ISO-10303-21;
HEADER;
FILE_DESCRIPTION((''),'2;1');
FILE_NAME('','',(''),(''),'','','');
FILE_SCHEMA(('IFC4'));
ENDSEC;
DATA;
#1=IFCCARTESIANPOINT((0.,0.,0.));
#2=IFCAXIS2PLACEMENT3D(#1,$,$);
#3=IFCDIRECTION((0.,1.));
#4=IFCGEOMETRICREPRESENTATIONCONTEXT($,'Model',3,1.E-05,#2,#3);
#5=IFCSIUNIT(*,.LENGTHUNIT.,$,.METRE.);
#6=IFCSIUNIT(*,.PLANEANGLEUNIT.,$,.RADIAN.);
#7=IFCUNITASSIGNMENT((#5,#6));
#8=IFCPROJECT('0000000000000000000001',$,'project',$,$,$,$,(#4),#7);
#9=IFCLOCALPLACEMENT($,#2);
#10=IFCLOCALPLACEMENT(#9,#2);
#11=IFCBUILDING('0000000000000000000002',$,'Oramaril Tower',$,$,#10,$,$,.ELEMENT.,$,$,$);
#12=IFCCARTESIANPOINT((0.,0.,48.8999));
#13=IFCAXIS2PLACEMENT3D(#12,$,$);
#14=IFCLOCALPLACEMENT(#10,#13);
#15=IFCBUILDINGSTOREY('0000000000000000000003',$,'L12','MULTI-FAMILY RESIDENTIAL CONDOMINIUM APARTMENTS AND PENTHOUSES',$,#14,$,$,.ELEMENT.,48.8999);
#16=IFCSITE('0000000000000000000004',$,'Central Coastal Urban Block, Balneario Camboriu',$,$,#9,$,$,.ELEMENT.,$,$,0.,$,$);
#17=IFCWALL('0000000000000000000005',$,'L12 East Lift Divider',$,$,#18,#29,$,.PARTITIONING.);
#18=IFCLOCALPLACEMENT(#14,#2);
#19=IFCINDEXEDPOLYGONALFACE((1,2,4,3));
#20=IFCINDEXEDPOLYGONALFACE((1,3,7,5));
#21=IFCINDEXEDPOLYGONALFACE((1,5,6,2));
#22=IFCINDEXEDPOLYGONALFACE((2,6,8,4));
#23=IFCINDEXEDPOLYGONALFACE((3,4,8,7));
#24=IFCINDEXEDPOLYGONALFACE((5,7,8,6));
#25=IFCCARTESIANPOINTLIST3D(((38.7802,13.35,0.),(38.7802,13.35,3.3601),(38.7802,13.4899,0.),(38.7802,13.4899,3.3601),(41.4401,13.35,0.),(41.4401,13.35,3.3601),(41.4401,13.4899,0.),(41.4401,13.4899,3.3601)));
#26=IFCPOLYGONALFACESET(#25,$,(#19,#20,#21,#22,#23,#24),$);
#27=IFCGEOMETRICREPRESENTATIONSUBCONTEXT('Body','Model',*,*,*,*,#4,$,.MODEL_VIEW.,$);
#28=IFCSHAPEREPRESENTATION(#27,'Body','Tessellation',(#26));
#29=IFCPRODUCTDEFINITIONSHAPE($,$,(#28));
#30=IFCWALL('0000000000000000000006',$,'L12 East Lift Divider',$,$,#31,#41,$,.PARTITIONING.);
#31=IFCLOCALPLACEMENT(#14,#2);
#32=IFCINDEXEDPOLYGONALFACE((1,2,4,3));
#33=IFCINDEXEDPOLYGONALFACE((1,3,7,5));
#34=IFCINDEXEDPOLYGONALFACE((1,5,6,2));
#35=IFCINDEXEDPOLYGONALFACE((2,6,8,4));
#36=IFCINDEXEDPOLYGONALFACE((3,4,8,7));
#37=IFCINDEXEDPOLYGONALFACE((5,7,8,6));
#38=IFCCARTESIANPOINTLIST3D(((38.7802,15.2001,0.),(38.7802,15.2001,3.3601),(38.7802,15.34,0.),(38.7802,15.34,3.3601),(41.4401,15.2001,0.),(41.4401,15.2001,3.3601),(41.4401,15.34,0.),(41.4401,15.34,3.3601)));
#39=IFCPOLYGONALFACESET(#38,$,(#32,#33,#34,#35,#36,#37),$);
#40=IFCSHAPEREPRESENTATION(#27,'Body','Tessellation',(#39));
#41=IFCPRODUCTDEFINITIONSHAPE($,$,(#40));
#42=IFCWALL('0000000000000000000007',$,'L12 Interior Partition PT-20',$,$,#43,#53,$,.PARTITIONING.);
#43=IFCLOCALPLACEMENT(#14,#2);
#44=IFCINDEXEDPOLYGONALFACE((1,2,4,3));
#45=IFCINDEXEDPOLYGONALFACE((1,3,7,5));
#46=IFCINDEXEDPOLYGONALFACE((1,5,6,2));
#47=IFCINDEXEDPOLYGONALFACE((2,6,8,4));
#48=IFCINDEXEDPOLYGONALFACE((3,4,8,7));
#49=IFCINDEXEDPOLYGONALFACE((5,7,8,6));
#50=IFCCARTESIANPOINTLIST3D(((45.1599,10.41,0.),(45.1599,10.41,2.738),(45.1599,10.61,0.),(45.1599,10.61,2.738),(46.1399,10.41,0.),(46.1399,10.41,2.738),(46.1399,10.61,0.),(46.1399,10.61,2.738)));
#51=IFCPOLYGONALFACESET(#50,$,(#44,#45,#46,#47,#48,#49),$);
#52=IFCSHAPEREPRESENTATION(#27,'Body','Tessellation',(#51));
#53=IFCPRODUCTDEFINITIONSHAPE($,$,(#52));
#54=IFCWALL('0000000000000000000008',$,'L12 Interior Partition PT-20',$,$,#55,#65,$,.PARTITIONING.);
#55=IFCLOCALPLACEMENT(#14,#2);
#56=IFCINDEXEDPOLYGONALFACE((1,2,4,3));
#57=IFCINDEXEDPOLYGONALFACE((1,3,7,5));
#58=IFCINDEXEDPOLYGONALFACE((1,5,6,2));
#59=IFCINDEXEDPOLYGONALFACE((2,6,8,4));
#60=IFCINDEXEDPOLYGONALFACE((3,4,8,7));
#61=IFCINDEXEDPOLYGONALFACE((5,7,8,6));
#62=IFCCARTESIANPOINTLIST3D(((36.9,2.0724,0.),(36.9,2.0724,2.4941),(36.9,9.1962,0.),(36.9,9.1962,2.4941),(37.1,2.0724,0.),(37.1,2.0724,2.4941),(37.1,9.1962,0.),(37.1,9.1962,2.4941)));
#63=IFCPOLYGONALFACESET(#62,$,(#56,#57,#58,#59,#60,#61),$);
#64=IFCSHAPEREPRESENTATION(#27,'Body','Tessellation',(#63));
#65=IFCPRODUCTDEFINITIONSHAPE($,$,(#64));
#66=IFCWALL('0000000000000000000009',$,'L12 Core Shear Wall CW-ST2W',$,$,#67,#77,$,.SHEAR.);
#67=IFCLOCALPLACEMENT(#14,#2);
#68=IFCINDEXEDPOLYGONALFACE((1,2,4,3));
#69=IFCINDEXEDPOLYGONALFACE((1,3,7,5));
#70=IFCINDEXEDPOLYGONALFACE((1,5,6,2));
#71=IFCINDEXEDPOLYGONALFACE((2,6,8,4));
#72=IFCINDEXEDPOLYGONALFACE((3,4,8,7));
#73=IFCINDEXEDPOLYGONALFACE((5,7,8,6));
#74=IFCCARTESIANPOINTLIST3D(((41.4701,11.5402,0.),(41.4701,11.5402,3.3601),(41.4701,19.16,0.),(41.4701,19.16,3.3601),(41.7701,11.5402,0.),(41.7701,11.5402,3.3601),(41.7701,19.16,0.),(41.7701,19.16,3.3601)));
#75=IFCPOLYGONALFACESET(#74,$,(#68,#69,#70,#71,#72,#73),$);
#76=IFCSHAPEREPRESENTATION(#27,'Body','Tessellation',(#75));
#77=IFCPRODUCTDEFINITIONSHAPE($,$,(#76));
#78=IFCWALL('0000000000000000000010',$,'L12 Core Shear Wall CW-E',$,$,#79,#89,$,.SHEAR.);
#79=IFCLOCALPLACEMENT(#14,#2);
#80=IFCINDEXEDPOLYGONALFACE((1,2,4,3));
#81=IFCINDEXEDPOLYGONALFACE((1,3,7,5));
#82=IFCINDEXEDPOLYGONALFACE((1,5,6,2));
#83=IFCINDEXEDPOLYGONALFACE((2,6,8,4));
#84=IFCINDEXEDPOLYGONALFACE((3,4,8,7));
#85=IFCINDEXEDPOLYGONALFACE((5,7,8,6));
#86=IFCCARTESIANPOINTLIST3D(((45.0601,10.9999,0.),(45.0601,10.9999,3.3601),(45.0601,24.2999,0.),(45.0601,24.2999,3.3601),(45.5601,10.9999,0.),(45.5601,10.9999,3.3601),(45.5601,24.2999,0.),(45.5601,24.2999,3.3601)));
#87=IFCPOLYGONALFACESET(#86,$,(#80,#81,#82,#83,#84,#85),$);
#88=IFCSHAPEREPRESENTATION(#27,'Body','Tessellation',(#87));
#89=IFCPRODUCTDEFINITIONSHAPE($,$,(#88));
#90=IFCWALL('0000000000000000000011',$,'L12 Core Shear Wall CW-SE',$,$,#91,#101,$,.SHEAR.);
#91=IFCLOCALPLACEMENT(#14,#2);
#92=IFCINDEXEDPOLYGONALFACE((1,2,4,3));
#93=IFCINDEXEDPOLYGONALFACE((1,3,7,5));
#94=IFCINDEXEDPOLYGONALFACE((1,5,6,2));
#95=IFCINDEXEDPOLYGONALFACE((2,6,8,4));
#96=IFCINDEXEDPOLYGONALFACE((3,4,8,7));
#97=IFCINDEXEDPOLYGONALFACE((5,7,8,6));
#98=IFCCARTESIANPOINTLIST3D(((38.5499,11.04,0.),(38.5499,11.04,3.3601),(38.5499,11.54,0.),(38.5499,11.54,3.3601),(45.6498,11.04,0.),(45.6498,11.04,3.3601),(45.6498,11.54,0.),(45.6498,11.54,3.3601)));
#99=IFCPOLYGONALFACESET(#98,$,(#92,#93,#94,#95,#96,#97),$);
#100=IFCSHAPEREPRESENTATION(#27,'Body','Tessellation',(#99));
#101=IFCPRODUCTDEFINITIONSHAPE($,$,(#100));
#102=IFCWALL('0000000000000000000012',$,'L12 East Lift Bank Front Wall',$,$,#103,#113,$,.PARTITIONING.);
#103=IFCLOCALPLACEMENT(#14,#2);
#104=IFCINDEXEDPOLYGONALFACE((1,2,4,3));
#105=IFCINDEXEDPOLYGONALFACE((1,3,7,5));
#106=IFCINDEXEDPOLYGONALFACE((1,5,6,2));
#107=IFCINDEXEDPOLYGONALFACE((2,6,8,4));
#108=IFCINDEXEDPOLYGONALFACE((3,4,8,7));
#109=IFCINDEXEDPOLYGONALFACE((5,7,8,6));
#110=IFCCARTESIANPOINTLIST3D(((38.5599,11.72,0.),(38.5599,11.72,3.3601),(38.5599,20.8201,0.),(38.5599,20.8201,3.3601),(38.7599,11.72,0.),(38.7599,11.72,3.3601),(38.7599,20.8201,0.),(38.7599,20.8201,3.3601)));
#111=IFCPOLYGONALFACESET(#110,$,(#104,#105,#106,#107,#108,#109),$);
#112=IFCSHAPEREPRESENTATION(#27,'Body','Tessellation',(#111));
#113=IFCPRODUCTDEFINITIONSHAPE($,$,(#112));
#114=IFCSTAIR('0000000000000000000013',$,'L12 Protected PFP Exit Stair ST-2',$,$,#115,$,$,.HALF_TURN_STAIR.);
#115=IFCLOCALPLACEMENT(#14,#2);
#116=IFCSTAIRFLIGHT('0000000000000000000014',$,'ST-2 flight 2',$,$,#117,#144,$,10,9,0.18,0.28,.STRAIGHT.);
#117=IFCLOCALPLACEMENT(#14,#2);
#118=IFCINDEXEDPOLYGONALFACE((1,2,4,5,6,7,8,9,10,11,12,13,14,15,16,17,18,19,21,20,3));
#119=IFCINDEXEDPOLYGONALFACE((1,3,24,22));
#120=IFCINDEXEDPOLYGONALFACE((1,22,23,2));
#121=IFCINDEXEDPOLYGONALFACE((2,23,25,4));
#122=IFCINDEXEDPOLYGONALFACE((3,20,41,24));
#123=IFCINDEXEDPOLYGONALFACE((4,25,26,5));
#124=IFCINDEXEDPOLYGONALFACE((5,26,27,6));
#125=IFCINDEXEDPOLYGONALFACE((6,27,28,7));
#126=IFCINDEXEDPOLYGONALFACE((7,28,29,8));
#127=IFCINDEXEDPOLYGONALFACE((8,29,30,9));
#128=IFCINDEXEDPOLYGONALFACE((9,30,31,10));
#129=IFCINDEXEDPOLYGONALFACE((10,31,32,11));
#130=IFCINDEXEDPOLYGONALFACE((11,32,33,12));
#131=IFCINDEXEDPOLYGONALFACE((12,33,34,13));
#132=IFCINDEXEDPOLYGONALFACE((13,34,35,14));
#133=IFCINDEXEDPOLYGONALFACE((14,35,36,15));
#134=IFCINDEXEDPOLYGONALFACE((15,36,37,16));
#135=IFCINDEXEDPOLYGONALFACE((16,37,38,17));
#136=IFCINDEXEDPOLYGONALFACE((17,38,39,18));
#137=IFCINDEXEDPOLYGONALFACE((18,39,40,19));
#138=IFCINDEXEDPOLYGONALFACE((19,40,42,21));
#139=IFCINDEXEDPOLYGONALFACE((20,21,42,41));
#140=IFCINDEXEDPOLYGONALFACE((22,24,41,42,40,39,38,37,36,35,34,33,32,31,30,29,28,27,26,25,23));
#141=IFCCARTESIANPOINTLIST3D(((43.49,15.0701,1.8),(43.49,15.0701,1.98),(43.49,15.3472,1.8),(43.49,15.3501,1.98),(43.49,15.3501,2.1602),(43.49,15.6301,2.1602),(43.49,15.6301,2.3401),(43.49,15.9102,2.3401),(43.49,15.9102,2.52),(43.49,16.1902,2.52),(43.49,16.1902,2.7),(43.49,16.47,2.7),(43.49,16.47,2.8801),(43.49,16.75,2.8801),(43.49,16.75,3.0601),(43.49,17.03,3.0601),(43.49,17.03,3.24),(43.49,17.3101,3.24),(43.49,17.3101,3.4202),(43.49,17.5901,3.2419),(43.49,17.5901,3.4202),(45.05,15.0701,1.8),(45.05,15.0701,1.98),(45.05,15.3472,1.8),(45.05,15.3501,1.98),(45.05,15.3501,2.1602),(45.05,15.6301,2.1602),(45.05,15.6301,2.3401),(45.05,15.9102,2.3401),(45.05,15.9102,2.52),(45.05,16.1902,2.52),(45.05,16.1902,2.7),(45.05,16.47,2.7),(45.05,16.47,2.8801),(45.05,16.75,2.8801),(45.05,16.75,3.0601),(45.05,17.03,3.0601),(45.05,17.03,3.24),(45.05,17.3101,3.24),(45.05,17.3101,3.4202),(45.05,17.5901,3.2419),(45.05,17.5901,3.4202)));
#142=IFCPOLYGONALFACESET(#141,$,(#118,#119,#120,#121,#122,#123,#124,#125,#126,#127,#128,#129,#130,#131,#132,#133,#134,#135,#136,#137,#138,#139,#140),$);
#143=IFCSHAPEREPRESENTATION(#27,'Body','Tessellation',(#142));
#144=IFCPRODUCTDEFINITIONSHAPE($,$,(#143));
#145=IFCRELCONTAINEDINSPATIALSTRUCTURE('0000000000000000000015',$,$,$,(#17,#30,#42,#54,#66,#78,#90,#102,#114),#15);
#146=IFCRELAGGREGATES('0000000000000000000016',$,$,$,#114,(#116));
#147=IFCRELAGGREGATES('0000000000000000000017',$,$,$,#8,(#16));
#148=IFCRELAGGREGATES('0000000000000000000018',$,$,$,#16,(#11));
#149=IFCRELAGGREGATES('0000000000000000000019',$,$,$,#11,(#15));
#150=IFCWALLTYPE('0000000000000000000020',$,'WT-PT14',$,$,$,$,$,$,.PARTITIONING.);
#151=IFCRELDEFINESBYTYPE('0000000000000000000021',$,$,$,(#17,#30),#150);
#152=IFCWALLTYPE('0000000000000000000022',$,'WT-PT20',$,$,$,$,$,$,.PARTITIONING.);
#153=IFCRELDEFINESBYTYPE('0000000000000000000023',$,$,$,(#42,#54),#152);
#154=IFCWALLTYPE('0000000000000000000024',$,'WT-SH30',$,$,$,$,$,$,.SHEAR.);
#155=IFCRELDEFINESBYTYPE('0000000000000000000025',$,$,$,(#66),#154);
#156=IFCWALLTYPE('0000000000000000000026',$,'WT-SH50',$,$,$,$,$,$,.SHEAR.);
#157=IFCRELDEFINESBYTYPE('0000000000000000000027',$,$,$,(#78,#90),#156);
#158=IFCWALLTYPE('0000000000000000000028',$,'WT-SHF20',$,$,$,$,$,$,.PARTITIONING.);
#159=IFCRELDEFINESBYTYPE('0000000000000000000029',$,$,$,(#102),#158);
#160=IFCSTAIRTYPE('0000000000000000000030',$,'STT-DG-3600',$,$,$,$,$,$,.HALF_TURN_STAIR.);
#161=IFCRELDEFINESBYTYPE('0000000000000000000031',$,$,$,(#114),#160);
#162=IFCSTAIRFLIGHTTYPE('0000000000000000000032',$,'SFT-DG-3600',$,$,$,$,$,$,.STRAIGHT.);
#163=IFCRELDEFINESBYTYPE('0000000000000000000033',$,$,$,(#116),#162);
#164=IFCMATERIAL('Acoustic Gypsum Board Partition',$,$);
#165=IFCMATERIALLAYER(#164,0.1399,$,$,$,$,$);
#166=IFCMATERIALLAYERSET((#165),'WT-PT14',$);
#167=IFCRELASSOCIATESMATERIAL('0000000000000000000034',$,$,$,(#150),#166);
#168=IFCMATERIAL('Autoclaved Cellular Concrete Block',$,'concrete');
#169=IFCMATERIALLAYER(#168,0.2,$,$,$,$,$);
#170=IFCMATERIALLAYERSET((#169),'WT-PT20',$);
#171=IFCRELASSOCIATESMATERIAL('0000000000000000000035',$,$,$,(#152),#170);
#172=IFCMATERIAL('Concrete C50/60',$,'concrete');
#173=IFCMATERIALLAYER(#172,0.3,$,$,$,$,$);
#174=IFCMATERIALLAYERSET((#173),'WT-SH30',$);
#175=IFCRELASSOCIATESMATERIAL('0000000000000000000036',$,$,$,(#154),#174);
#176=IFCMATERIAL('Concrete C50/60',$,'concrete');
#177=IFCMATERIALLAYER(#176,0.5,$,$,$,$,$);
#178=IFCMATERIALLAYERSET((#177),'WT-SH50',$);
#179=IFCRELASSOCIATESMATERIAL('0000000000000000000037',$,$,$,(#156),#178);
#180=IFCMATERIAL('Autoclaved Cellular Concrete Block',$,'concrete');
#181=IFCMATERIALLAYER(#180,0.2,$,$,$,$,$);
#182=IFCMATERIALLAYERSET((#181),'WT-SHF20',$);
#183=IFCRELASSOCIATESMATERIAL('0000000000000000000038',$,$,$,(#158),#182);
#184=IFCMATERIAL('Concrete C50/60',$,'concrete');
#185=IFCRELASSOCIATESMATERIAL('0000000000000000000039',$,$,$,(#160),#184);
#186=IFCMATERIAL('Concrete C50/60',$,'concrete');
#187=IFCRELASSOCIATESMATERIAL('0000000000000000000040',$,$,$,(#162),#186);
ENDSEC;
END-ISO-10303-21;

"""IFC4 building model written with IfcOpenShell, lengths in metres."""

from ifc_helpers import new_model, si_unit, direction, frame, frame_2d, origin, place, context, subcontext, project, spatial, polyline, rectangle, outline, extrude, material, layer, layer_set, type_object, element, aggregate, save


model = new_model("IFC4")

# Units and contexts
model_context = context("Model", 3, precision=1e-05, world=origin(), true_north=direction((0.0, 1.0)))
body_context = subcontext(model_context, "Body", "Model", "MODEL_VIEW")
ifc_project = project(units=[si_unit("LENGTHUNIT", "METRE"), si_unit("PLANEANGLEUNIT", "RADIAN")], contexts=[model_context])

# Site, building, storey
site_placement = place(None, origin())
site = spatial("IfcSite", under=ifc_project, at=site_placement, Name="Central Coastal Urban Block, Balneario Camboriu", CompositionType="ELEMENT", RefElevation=0.0)
building_placement = place(site_placement, origin())
building = spatial("IfcBuilding", under=site, at=building_placement, Name="Oramaril Tower", CompositionType="ELEMENT")
storey_placement = place(building_placement, frame((0.0, 0.0, 48.8999)))
storey = spatial("IfcBuildingStorey", under=building, at=storey_placement, Name="L12", Description="MULTI-FAMILY RESIDENTIAL CONDOMINIUM APARTMENTS AND PENTHOUSES", CompositionType="ELEMENT", Elevation=48.8999)

# Walls
ifc_material_1 = material(Name="Acoustic Gypsum Board Partition")
ifc_layer_1 = layer(ifc_material_1, 0.1399)
ifc_layer_set_1 = layer_set([ifc_layer_1], Name="WT-PT14")
wall_type_1 = type_object("IfcWallType", Name="WT-PT14", PredefinedType="PARTITIONING", material=ifc_layer_set_1)
for number, where, z_axis, x_axis, name in (
    (1, (38.78, 13.4199, 0.0), (0.0, 0.0, 1.0), (1.0, 0.0, 0.0), "L12 East Lift Divider"),
    (2, (38.78, 15.27, 0.0), (0.0, 0.0, 1.0), (1.0, 0.0, 0.0), "L12 East Lift Divider"),
):
    element("IfcWall", number, at=place(storey_placement, frame(where, z_axis=z_axis, x_axis=x_axis)), inside=storey, type_object=wall_type_1, Name=name, PredefinedType="PARTITIONING", context=body_context, shape_type="SweptSolid", body=[
        extrude(rectangle(XDim=2.6599, YDim=0.1399, at=frame_2d((1.3301, 0.0))), origin(), (0.0, 0.0, 1.0), 3.3601),
    ])
ifc_material_2 = material(Name="Autoclaved Cellular Concrete Block", Category="concrete")
ifc_layer_2 = layer(ifc_material_2, 0.2)
ifc_layer_set_2 = layer_set([ifc_layer_2], Name="WT-PT20")
wall_type_2 = type_object("IfcWallType", Name="WT-PT20", PredefinedType="PARTITIONING", material=ifc_layer_set_2)
wall_1_placement = place(storey_placement, frame((45.1599, 10.51, 0.0), z_axis=(0.0, 0.0, 1.0), x_axis=(1.0, 0.0, 0.0)))
element("IfcWall", 3, at=wall_1_placement, inside=storey, type_object=wall_type_2, Name="L12 Interior Partition PT-20", PredefinedType="PARTITIONING", context=body_context, shape_type="SweptSolid", body=[
    extrude(rectangle(XDim=0.98, YDim=0.2, at=frame_2d((0.49, 0.0))), origin(), (0.0, 0.0, 1.0), 2.738),
])
wall_2_placement = place(storey_placement, frame((37.0, 2.0723, 0.0), z_axis=(0.0, 0.0, 1.0), x_axis=(0.0, 1.0, 0.0)))
element("IfcWall", 4, at=wall_2_placement, inside=storey, type_object=wall_type_2, Name="L12 Interior Partition PT-20", PredefinedType="PARTITIONING", context=body_context, shape_type="SweptSolid", body=[
    extrude(rectangle(XDim=7.1238, YDim=0.2, at=frame_2d((3.562, 0.0))), origin(), (0.0, 0.0, 1.0), 2.4941),
])
ifc_material_3 = material(Name="Concrete C50/60", Category="concrete")
ifc_layer_3 = layer(ifc_material_3, 0.3)
ifc_layer_set_3 = layer_set([ifc_layer_3], Name="WT-SH30")
wall_type_3 = type_object("IfcWallType", Name="WT-SH30", PredefinedType="SHEAR", material=ifc_layer_set_3)
wall_3_placement = place(storey_placement, frame((41.6201, 11.54, 0.0), z_axis=(0.0, 0.0, 1.0), x_axis=(0.0, 1.0, 0.0)))
element("IfcWall", 5, at=wall_3_placement, inside=storey, type_object=wall_type_3, Name="L12 Core Shear Wall CW-ST2W", PredefinedType="SHEAR", context=body_context, shape_type="SweptSolid", body=[
    extrude(rectangle(XDim=7.6199, YDim=0.3, at=frame_2d((3.8101, 0.0))), origin(), (0.0, 0.0, 1.0), 3.3601),
])
ifc_material_4 = material(Name="Concrete C50/60", Category="concrete")
ifc_layer_4 = layer(ifc_material_4, 0.5)
ifc_layer_set_4 = layer_set([ifc_layer_4], Name="WT-SH50")
wall_type_4 = type_object("IfcWallType", Name="WT-SH50", PredefinedType="SHEAR", material=ifc_layer_set_4)
wall_4_placement = place(storey_placement, frame((45.3101, 11.0, 0.0), z_axis=(0.0, 0.0, 1.0), x_axis=(0.0, 1.0, 0.0)))
element("IfcWall", 6, at=wall_4_placement, inside=storey, type_object=wall_type_4, Name="L12 Core Shear Wall CW-E", PredefinedType="SHEAR", context=body_context, shape_type="SweptSolid", body=[
    extrude(rectangle(XDim=13.3, YDim=0.5, at=frame_2d((6.6499, 0.0))), origin(), (0.0, 0.0, 1.0), 3.3601),
])
wall_5_placement = place(storey_placement, frame((38.55, 11.29, 0.0), z_axis=(0.0, 0.0, 1.0), x_axis=(1.0, 0.0, 0.0)))
element("IfcWall", 7, at=wall_5_placement, inside=storey, type_object=wall_type_4, Name="L12 Core Shear Wall CW-SE", PredefinedType="SHEAR", context=body_context, shape_type="SweptSolid", body=[
    extrude(rectangle(XDim=7.0999, YDim=0.5, at=frame_2d((3.5498, 0.0))), origin(), (0.0, 0.0, 1.0), 3.3601),
])

# Shared definitions
ifc_material_5 = material(Name="Autoclaved Cellular Concrete Block", Category="concrete")
ifc_layer_5 = layer(ifc_material_5, 0.2)
ifc_layer_set_5 = layer_set([ifc_layer_5], Name="WT-SHF20")
wall_type_5 = type_object("IfcWallType", Name="WT-SHF20", PredefinedType="PARTITIONING", material=ifc_layer_set_5)

# Wall
wall_6_placement = place(storey_placement, frame((38.6599, 11.72, 0.0), z_axis=(0.0, 0.0, 1.0), x_axis=(0.0, 1.0, 0.0)))
element("IfcWall", 8, at=wall_6_placement, inside=storey, type_object=wall_type_5, Name="L12 East Lift Bank Front Wall", PredefinedType="PARTITIONING", context=body_context, shape_type="SweptSolid", body=[
    extrude(rectangle(XDim=9.1001, YDim=0.2, at=frame_2d((4.55, 0.0))), origin(), (0.0, 0.0, 1.0), 3.3601),
])

# Stair, stair flight
ifc_material_6 = material(Name="Concrete C50/60", Category="concrete")
stair_type = type_object("IfcStairType", Name="STT-DG-3600", PredefinedType="HALF_TURN_STAIR", material=ifc_material_6)
stair_placement = place(storey_placement, origin())
stair = element("IfcStair", 9, at=stair_placement, inside=storey, type_object=stair_type, Name="L12 Protected PFP Exit Stair ST-2", PredefinedType="HALF_TURN_STAIR")
ifc_material_7 = material(Name="Concrete C50/60", Category="concrete")
stair_flight_type = type_object("IfcStairFlightType", Name="SFT-DG-3600", PredefinedType="STRAIGHT", material=ifc_material_7)
stair_flight_placement = place(storey_placement, frame((44.27, 15.0701, 1.8), z_axis=(0.0, 0.0, 1.0), x_axis=(0.0, 1.0, 0.0)))
stair_flight = element("IfcStairFlight", 10, at=stair_flight_placement, type_object=stair_flight_type, Name="ST-2 flight 2", NumberOfRisers=10, NumberOfTreads=9, PredefinedType="STRAIGHT", RiserHeight=0.18, TreadLength=0.28, context=body_context, shape_type="SweptSolid", body=[
    extrude(outline(polyline([(0.0, 0.0), (0.0, 0.1799), (0.28, 0.1799), (0.28, 0.3601), (0.5601, 0.3601), (0.5601, 0.54), (0.8401, 0.54), (0.8401, 0.72), (1.1201, 0.72), (1.1201, 0.8999), (1.3999, 0.8999), (1.3999, 1.0801), (1.6799, 1.0801), (1.6799, 1.26), (1.96, 1.26), (1.96, 1.4399), (2.24, 1.4399), (2.24, 1.6201), (2.52, 1.6201), (2.52, 1.8), (2.52, 1.4419), (0.2771, 0.0), (0.0, 0.0)])), frame((0.0, 0.78, 0.0), z_axis=(0.0, -1.0, 0.0), x_axis=(1.0, 0.0, 0.0)), (0.0, 0.0, 1.0), 1.5601),
])
aggregate(stair, [stair_flight])

save(model, "model.ifc")
